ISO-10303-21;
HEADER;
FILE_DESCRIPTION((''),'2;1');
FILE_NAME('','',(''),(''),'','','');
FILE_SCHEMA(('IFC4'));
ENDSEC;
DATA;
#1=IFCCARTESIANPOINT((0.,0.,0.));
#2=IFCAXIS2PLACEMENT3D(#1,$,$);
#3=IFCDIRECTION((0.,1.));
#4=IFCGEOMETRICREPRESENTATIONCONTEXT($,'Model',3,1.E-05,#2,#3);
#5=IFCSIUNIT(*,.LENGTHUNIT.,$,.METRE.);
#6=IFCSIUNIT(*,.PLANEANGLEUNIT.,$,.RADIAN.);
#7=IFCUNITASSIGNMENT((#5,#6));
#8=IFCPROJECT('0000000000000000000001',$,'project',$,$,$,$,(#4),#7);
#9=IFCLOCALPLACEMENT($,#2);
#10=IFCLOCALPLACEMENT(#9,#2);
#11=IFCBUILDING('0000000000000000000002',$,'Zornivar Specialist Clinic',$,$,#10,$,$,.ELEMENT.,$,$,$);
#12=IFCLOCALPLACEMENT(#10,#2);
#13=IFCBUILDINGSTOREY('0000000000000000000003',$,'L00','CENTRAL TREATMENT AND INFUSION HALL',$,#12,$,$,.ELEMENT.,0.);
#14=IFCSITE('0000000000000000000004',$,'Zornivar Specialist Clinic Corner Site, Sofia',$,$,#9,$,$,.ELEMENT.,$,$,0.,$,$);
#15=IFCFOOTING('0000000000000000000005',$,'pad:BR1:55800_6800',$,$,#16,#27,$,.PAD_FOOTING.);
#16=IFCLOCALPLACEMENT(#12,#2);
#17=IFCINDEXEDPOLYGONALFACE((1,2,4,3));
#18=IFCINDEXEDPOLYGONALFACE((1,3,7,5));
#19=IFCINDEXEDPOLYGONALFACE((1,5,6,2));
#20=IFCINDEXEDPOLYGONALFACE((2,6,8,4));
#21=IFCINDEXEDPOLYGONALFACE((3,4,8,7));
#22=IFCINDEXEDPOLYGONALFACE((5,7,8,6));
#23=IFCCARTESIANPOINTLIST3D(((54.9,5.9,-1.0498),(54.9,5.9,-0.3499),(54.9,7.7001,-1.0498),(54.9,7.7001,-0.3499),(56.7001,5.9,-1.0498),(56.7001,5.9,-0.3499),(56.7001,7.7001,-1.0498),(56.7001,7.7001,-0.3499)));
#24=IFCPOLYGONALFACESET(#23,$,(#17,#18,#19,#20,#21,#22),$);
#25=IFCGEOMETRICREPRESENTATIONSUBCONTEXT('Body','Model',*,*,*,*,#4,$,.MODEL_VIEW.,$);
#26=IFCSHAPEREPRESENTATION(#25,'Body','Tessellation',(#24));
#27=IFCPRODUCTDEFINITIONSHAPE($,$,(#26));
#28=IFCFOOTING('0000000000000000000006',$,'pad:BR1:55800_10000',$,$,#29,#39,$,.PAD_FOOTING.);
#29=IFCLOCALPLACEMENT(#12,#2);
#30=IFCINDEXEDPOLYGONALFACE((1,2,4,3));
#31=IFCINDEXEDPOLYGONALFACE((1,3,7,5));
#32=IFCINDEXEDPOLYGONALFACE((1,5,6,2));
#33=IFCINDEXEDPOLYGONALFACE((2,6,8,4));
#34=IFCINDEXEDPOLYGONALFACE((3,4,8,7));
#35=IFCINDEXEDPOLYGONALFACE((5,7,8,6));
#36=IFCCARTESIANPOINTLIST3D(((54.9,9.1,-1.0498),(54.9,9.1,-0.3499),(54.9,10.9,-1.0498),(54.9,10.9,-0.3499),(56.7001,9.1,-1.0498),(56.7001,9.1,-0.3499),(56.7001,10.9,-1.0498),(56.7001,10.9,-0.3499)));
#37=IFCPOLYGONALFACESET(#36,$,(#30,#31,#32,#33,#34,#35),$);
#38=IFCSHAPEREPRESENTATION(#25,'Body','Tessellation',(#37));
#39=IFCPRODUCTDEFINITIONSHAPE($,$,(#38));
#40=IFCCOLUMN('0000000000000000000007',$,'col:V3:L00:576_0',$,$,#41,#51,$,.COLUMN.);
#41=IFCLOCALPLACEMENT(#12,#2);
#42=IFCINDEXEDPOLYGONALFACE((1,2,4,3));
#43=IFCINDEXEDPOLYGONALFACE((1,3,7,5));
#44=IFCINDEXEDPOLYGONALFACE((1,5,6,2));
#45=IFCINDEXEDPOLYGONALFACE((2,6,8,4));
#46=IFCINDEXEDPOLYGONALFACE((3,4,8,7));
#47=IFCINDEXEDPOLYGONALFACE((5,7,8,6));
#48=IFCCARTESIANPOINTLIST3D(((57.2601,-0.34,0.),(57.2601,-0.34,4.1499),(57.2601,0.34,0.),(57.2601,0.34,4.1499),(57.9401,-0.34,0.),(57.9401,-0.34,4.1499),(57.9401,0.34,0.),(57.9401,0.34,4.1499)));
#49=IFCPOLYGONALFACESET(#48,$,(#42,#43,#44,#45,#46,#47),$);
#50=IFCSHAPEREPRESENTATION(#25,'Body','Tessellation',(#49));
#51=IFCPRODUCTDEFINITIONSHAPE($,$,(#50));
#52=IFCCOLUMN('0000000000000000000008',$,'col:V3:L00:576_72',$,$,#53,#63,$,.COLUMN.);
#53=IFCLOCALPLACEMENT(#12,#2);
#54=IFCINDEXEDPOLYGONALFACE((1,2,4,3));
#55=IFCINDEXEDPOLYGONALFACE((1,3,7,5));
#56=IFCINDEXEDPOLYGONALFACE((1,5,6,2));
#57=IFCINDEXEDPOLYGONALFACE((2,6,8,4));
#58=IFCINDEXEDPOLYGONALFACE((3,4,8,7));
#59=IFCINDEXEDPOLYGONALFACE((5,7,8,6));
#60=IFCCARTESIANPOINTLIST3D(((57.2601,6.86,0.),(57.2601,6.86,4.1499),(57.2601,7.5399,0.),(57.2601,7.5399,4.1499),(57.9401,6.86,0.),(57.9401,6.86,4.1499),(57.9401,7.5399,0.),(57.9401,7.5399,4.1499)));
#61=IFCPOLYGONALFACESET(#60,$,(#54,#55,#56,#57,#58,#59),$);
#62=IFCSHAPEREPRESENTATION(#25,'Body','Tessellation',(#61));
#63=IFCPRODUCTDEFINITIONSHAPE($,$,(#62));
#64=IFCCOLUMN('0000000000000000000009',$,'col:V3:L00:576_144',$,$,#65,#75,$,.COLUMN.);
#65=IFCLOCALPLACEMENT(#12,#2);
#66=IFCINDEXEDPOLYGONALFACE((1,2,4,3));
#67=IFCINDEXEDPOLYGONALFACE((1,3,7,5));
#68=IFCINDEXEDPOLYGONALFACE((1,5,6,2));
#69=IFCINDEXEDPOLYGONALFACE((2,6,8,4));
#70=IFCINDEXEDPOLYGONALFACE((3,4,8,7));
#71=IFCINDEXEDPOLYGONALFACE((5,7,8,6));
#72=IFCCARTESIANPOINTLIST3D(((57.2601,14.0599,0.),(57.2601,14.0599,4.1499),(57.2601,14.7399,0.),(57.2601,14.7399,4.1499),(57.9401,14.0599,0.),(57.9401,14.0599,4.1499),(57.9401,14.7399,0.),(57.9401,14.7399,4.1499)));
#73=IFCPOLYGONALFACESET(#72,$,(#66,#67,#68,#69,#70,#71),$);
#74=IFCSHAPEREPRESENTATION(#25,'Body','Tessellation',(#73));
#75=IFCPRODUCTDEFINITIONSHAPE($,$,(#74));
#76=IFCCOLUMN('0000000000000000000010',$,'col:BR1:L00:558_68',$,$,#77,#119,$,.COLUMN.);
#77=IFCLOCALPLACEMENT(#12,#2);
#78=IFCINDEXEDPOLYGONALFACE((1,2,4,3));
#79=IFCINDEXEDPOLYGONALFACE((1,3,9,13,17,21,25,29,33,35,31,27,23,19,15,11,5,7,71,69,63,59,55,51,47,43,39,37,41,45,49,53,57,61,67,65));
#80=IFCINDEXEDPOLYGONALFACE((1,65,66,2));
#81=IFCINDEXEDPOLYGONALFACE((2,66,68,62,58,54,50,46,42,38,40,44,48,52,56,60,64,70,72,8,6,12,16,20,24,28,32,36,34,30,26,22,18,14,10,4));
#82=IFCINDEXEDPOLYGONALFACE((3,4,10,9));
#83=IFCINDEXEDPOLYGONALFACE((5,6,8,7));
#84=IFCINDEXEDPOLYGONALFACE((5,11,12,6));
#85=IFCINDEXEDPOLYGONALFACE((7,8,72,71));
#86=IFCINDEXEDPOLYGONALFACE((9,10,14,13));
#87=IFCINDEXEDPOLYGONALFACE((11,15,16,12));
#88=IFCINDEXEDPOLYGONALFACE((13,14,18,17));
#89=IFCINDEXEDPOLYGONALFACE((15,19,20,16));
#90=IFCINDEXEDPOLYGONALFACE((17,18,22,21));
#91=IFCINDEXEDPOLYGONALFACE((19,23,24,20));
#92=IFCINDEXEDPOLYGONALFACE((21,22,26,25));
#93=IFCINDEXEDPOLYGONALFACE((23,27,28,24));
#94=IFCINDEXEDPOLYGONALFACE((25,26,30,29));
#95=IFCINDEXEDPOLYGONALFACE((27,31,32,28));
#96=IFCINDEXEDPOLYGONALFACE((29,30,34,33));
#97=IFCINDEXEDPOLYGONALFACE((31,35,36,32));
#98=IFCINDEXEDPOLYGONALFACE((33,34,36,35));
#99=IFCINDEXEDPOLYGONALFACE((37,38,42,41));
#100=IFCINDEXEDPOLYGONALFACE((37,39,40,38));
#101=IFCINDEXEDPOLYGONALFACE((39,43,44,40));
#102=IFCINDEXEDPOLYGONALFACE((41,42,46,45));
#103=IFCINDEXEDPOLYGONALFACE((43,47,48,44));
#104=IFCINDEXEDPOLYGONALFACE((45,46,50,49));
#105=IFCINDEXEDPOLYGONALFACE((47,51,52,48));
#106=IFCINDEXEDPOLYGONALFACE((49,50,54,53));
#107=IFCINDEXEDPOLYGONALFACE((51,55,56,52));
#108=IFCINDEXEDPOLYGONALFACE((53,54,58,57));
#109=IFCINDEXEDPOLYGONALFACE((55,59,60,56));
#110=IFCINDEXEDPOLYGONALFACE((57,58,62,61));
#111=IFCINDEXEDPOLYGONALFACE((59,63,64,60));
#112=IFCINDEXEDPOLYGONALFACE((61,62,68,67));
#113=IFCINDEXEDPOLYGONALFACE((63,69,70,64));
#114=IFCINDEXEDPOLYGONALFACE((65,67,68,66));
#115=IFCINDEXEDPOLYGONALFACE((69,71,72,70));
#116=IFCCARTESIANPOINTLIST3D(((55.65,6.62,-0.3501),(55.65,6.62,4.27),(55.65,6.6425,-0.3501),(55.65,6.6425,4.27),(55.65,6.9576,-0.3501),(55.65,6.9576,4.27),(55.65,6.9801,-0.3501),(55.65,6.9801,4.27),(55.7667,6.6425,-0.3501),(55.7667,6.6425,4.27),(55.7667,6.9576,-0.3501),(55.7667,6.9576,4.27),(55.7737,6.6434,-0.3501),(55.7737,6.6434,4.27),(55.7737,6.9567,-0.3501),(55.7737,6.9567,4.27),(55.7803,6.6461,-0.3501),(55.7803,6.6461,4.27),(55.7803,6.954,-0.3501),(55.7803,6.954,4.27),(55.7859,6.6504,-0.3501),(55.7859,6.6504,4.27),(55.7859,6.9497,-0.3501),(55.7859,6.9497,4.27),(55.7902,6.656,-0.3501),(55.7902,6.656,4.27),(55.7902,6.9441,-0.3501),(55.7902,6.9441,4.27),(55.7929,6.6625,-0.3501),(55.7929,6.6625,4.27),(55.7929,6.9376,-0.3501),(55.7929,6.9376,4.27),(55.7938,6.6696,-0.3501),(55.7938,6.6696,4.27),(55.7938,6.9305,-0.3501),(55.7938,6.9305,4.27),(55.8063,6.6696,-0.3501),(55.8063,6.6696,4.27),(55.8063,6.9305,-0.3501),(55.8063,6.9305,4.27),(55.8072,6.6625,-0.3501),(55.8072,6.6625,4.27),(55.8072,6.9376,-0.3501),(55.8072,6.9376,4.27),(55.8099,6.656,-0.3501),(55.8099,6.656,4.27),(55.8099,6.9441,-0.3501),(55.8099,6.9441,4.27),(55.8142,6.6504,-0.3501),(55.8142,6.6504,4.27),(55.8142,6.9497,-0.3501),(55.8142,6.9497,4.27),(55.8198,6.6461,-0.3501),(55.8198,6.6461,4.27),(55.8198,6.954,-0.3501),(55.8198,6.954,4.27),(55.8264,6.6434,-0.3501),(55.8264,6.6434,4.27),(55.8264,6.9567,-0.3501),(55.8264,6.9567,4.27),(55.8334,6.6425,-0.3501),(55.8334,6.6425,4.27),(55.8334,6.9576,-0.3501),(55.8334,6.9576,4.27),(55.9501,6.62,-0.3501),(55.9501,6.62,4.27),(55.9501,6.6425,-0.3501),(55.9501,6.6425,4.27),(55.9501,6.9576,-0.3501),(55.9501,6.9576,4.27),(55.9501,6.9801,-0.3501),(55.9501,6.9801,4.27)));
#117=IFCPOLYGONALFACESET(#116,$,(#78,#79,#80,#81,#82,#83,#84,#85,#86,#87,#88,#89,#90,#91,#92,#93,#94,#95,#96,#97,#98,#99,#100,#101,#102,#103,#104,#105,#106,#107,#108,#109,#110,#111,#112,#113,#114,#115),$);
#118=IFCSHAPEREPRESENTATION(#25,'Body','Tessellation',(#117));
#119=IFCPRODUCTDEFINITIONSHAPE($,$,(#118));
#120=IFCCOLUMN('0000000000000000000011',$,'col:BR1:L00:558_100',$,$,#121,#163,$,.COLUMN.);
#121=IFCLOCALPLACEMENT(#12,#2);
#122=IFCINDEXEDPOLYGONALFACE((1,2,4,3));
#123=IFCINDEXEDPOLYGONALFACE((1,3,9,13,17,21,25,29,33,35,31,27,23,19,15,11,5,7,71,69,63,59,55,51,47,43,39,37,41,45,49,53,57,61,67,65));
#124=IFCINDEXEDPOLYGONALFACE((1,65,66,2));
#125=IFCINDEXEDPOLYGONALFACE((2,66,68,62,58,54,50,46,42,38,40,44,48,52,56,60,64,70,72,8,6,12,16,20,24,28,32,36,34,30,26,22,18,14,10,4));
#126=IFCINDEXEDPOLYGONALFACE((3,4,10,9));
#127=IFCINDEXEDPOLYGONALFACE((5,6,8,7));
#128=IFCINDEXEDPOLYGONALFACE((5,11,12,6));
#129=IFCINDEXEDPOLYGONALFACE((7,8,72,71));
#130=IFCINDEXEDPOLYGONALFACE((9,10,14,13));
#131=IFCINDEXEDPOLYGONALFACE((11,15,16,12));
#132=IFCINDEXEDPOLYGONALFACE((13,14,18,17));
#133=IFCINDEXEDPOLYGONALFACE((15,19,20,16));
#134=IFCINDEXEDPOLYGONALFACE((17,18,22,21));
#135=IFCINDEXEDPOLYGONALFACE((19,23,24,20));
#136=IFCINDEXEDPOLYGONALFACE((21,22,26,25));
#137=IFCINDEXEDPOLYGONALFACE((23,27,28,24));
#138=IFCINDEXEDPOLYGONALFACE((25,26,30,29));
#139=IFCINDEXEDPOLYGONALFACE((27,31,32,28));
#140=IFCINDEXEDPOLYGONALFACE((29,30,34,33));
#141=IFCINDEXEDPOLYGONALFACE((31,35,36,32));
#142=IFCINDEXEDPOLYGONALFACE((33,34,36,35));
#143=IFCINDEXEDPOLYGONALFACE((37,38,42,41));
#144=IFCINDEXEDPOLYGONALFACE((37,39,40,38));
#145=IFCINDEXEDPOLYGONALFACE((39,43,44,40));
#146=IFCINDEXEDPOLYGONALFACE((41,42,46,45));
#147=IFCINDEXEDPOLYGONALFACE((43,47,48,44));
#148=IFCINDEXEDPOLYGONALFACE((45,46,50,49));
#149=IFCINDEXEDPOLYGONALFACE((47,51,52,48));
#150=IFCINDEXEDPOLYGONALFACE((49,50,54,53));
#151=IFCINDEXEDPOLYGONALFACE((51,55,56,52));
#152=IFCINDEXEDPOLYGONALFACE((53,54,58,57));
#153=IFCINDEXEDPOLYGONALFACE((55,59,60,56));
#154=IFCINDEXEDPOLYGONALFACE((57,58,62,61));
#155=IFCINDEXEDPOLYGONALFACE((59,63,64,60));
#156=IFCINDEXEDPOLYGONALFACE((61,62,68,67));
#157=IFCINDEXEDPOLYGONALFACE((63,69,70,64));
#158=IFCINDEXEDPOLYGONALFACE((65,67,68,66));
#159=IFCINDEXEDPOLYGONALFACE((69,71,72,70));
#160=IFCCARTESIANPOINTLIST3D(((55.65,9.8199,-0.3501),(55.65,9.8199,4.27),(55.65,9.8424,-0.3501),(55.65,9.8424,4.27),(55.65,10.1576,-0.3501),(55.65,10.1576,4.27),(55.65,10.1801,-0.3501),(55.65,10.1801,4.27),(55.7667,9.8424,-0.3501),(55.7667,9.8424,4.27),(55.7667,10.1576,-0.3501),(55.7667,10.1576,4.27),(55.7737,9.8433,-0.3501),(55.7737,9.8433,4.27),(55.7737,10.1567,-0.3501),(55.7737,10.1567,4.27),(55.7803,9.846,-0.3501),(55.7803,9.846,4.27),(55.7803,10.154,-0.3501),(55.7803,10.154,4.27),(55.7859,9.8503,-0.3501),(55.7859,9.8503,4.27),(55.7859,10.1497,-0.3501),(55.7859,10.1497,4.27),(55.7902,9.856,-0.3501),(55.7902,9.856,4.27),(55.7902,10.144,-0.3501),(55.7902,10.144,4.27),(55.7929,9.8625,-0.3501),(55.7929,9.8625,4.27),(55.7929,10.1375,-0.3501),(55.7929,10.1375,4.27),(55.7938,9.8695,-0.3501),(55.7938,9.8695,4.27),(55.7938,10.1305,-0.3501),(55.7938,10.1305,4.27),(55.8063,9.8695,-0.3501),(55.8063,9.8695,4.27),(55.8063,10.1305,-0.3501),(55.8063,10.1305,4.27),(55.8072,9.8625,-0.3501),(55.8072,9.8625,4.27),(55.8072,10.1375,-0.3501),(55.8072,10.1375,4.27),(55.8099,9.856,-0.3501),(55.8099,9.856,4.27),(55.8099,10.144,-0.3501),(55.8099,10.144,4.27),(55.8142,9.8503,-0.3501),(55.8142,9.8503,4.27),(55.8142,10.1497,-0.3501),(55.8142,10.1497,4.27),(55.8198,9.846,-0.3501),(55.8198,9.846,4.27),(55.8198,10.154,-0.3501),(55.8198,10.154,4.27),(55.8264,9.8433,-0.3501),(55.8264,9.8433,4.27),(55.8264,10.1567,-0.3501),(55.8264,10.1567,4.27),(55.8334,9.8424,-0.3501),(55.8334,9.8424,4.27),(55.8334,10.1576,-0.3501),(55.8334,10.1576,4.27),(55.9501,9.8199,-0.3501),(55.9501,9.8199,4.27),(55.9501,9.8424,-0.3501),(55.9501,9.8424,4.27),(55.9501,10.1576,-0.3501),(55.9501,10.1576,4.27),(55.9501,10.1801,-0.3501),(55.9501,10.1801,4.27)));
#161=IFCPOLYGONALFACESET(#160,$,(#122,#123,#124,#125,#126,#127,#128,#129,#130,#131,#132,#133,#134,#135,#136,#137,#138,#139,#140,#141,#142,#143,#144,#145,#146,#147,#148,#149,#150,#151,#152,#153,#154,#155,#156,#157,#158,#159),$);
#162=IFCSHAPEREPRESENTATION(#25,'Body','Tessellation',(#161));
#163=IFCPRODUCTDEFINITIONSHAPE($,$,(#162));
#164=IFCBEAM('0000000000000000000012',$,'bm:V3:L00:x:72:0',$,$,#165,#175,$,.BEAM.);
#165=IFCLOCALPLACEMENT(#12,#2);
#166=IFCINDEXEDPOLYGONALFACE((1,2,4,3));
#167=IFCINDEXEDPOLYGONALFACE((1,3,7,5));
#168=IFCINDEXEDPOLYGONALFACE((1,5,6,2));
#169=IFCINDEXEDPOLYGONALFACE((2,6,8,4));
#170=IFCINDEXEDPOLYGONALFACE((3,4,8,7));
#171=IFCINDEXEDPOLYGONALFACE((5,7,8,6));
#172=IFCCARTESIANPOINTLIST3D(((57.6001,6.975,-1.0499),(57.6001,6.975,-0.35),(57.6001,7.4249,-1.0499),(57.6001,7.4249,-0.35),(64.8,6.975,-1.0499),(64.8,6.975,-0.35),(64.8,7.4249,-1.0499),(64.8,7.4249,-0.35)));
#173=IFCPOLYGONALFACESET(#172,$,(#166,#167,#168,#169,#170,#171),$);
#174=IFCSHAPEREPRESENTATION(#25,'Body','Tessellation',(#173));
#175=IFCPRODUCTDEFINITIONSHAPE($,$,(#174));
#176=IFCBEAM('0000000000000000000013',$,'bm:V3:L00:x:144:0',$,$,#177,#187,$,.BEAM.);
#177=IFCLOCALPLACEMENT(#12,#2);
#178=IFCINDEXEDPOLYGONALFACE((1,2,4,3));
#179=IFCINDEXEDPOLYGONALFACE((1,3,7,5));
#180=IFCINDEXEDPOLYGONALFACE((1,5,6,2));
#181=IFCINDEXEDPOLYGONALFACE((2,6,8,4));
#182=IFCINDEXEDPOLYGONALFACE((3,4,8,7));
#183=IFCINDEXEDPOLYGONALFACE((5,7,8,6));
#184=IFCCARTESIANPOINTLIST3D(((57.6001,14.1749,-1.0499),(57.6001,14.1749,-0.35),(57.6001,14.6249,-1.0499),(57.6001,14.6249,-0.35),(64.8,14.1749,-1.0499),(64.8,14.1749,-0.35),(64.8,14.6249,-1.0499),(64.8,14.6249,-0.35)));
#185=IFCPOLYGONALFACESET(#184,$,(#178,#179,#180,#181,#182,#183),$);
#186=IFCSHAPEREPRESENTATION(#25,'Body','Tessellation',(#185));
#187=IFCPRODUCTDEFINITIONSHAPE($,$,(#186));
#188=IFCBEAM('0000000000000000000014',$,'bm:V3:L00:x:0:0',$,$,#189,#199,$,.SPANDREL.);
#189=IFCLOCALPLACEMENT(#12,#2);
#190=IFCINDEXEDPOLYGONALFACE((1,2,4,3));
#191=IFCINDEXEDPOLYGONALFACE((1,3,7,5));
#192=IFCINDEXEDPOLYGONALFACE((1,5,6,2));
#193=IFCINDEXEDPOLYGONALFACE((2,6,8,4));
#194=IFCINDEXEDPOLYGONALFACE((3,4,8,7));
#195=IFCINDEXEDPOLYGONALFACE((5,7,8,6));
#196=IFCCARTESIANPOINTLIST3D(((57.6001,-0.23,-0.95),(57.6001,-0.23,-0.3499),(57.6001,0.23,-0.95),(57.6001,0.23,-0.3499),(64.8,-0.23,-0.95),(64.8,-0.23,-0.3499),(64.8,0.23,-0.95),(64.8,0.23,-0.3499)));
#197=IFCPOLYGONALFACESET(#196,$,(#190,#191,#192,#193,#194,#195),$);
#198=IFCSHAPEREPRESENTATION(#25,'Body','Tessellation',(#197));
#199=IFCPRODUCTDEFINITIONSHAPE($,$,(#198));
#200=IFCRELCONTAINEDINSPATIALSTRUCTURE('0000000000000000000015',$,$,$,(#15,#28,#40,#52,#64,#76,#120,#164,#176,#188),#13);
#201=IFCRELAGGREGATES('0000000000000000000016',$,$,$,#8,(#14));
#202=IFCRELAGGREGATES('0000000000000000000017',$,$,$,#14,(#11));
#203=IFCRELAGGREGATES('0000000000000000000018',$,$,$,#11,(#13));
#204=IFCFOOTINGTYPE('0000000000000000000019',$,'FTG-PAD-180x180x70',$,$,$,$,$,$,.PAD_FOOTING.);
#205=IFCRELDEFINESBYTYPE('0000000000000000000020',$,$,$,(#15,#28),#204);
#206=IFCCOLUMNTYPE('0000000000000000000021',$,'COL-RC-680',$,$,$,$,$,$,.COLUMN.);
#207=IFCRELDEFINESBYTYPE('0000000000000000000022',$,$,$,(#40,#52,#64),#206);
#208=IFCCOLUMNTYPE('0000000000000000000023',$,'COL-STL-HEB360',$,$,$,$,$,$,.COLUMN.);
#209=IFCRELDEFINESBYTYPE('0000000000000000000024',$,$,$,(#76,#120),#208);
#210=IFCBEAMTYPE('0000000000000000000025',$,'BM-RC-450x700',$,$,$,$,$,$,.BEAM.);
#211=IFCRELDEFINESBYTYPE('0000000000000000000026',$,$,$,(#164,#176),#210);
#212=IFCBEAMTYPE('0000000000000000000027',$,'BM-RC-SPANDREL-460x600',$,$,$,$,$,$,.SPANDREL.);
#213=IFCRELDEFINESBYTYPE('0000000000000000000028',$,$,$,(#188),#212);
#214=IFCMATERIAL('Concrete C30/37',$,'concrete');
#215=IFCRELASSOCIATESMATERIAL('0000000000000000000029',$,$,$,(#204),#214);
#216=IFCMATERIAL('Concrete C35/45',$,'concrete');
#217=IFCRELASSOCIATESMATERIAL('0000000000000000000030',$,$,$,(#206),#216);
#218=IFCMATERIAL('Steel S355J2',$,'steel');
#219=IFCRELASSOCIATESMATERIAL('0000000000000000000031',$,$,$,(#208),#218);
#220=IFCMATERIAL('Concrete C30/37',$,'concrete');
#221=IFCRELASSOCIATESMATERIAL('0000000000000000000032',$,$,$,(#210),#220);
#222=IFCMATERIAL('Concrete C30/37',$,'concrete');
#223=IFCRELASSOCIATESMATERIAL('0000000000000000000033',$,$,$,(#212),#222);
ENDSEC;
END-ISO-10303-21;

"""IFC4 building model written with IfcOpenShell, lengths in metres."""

from ifc_helpers import new_model, si_unit, direction, frame, origin, origin_2d, place, context, subcontext, project, spatial, rectangle, i_section, extrude, material, material_profile, profile_set, type_object, element, save


model = new_model("IFC4")

# Units and contexts
model_context = context("Model", 3, precision=1e-05, world=origin(), true_north=direction((0.0, 1.0)))
body_context = subcontext(model_context, "Body", "Model", "MODEL_VIEW")
ifc_project = project(units=[si_unit("LENGTHUNIT", "METRE"), si_unit("PLANEANGLEUNIT", "RADIAN")], contexts=[model_context])

# Site, building, storey
site_placement = place(None, origin())
site = spatial("IfcSite", under=ifc_project, at=site_placement, Name="Zornivar Specialist Clinic Corner Site, Sofia", CompositionType="ELEMENT", RefElevation=0.0)
building_placement = place(site_placement, origin())
building = spatial("IfcBuilding", under=site, at=building_placement, Name="Zornivar Specialist Clinic", CompositionType="ELEMENT")
storey_placement = place(building_placement, origin())
storey = spatial("IfcBuildingStorey", under=building, at=storey_placement, Name="L00", Description="CENTRAL TREATMENT AND INFUSION HALL", CompositionType="ELEMENT", Elevation=0.0)

# Footings
ifc_material_1 = material(Name="Concrete C30/37", Category="concrete")
footing_type = type_object("IfcFootingType", Name="FTG-PAD-180x180x70", PredefinedType="PAD_FOOTING", material=ifc_material_1)
for number, where, z_axis, x_axis, name in (
    (1, (55.8, 6.8, -1.0498), (0.0, 0.0, 1.0), (1.0, 0.0, 0.0), "pad:BR1:55800_6800"),
    (2, (55.8, 10.0, -1.0498), (0.0, 0.0, 1.0), (1.0, 0.0, 0.0), "pad:BR1:55800_10000"),
):
    element("IfcFooting", number, at=place(storey_placement, frame(where, z_axis=z_axis, x_axis=x_axis)), inside=storey, type_object=footing_type, Name=name, PredefinedType="PAD_FOOTING", context=body_context, shape_type="SweptSolid", body=[
        extrude(rectangle(XDim=1.8, YDim=1.8, at=origin_2d()), origin(), (0.0, 0.0, 1.0), 0.7),
    ])

# Columns
ifc_material_2 = material(Name="Concrete C35/45", Category="concrete")
ifc_material_profile_1 = material_profile(ifc_material_2, rectangle(XDim=0.6799, YDim=0.6799, at=origin_2d()), Name="RC 680x680")
ifc_profile_set_1 = profile_set([ifc_material_profile_1], Name="Concrete C35/45")
column_type_1 = type_object("IfcColumnType", Name="COL-RC-680", PredefinedType="COLUMN", material=ifc_profile_set_1)
for number, where, z_axis, x_axis, name in (
    (3, (57.6001, 0.0, 0.0), (0.0, 0.0, 1.0), (1.0, 0.0, 0.0), "col:V3:L00:576_0"),
    (4, (57.6001, 7.2, 0.0), (0.0, 0.0, 1.0), (1.0, 0.0, 0.0), "col:V3:L00:576_72"),
    (5, (57.6001, 14.3999, 0.0), (0.0, 0.0, 1.0), (1.0, 0.0, 0.0), "col:V3:L00:576_144"),
):
    element("IfcColumn", number, at=place(storey_placement, frame(where, z_axis=z_axis, x_axis=x_axis)), inside=storey, type_object=column_type_1, Name=name, PredefinedType="COLUMN", context=body_context, shape_type="SweptSolid", body=[
        extrude(rectangle(XDim=0.6799, YDim=0.6799, at=origin_2d()), origin(), (0.0, 0.0, 1.0), 4.1499),
    ])
ifc_material_3 = material(Name="Steel S355J2", Category="steel")
ifc_material_profile_2 = material_profile(ifc_material_3, i_section(OverallWidth=0.3, OverallDepth=0.3601, WebThickness=0.0125, FlangeThickness=0.0225, FilletRadius=0.0271, at=origin_2d()), Name="HEB 360")
ifc_profile_set_2 = profile_set([ifc_material_profile_2], Name="Steel S355J2")
column_type_2 = type_object("IfcColumnType", Name="COL-STL-HEB360", PredefinedType="COLUMN", material=ifc_profile_set_2)
for number, where, z_axis, x_axis, name in (
    (6, (55.8, 6.8, -0.3501), (0.0, 0.0, 1.0), (1.0, 0.0, 0.0), "col:BR1:L00:558_68"),
    (7, (55.8, 10.0, -0.3501), (0.0, 0.0, 1.0), (1.0, 0.0, 0.0), "col:BR1:L00:558_100"),
):
    element("IfcColumn", number, at=place(storey_placement, frame(where, z_axis=z_axis, x_axis=x_axis)), inside=storey, type_object=column_type_2, Name=name, PredefinedType="COLUMN", context=body_context, shape_type="SweptSolid", body=[
        extrude(i_section(OverallWidth=0.3, OverallDepth=0.3601, WebThickness=0.0125, FlangeThickness=0.0225, FilletRadius=0.0271, at=origin_2d()), origin(), (0.0, 0.0, 1.0), 4.6201),
    ])

# Beams
ifc_material_4 = material(Name="Concrete C30/37", Category="concrete")
ifc_material_profile_3 = material_profile(ifc_material_4, rectangle(XDim=0.45, YDim=0.7, at=origin_2d()), Name="RC 450x700")
ifc_profile_set_3 = profile_set([ifc_material_profile_3], Name="Concrete C30/37")
beam_type_1 = type_object("IfcBeamType", Name="BM-RC-450x700", PredefinedType="BEAM", material=ifc_profile_set_3)
for number, where, z_axis, x_axis, name in (
    (8, (57.6001, 7.2, -0.7), (1.0, 0.0, 0.0), (0.0, 1.0, 0.0), "bm:V3:L00:x:72:0"),
    (9, (57.6001, 14.3999, -0.7), (1.0, 0.0, 0.0), (0.0, 1.0, 0.0), "bm:V3:L00:x:144:0"),
):
    element("IfcBeam", number, at=place(storey_placement, frame(where, z_axis=z_axis, x_axis=x_axis)), inside=storey, type_object=beam_type_1, Name=name, PredefinedType="BEAM", context=body_context, shape_type="SweptSolid", body=[
        extrude(rectangle(XDim=0.45, YDim=0.7, at=origin_2d()), origin(), (0.0, 0.0, 1.0), 7.2),
    ])
ifc_material_5 = material(Name="Concrete C30/37", Category="concrete")
ifc_material_profile_4 = material_profile(ifc_material_5, rectangle(XDim=0.46, YDim=0.6001, at=origin_2d()), Name="RC 460x600")
ifc_profile_set_4 = profile_set([ifc_material_profile_4], Name="Concrete C30/37")
beam_type_2 = type_object("IfcBeamType", Name="BM-RC-SPANDREL-460x600", PredefinedType="SPANDREL", material=ifc_profile_set_4)
for number, where, z_axis, x_axis, name in (
    (10, (57.6001, 0.0, -0.6499), (1.0, 0.0, 0.0), (0.0, 1.0, 0.0), "bm:V3:L00:x:0:0"),
):
    element("IfcBeam", number, at=place(storey_placement, frame(where, z_axis=z_axis, x_axis=x_axis)), inside=storey, type_object=beam_type_2, Name=name, PredefinedType="SPANDREL", context=body_context, shape_type="SweptSolid", body=[
        extrude(rectangle(XDim=0.46, YDim=0.6001, at=origin_2d()), origin(), (0.0, 0.0, 1.0), 7.2),
    ])

save(model, "model.ifc")
